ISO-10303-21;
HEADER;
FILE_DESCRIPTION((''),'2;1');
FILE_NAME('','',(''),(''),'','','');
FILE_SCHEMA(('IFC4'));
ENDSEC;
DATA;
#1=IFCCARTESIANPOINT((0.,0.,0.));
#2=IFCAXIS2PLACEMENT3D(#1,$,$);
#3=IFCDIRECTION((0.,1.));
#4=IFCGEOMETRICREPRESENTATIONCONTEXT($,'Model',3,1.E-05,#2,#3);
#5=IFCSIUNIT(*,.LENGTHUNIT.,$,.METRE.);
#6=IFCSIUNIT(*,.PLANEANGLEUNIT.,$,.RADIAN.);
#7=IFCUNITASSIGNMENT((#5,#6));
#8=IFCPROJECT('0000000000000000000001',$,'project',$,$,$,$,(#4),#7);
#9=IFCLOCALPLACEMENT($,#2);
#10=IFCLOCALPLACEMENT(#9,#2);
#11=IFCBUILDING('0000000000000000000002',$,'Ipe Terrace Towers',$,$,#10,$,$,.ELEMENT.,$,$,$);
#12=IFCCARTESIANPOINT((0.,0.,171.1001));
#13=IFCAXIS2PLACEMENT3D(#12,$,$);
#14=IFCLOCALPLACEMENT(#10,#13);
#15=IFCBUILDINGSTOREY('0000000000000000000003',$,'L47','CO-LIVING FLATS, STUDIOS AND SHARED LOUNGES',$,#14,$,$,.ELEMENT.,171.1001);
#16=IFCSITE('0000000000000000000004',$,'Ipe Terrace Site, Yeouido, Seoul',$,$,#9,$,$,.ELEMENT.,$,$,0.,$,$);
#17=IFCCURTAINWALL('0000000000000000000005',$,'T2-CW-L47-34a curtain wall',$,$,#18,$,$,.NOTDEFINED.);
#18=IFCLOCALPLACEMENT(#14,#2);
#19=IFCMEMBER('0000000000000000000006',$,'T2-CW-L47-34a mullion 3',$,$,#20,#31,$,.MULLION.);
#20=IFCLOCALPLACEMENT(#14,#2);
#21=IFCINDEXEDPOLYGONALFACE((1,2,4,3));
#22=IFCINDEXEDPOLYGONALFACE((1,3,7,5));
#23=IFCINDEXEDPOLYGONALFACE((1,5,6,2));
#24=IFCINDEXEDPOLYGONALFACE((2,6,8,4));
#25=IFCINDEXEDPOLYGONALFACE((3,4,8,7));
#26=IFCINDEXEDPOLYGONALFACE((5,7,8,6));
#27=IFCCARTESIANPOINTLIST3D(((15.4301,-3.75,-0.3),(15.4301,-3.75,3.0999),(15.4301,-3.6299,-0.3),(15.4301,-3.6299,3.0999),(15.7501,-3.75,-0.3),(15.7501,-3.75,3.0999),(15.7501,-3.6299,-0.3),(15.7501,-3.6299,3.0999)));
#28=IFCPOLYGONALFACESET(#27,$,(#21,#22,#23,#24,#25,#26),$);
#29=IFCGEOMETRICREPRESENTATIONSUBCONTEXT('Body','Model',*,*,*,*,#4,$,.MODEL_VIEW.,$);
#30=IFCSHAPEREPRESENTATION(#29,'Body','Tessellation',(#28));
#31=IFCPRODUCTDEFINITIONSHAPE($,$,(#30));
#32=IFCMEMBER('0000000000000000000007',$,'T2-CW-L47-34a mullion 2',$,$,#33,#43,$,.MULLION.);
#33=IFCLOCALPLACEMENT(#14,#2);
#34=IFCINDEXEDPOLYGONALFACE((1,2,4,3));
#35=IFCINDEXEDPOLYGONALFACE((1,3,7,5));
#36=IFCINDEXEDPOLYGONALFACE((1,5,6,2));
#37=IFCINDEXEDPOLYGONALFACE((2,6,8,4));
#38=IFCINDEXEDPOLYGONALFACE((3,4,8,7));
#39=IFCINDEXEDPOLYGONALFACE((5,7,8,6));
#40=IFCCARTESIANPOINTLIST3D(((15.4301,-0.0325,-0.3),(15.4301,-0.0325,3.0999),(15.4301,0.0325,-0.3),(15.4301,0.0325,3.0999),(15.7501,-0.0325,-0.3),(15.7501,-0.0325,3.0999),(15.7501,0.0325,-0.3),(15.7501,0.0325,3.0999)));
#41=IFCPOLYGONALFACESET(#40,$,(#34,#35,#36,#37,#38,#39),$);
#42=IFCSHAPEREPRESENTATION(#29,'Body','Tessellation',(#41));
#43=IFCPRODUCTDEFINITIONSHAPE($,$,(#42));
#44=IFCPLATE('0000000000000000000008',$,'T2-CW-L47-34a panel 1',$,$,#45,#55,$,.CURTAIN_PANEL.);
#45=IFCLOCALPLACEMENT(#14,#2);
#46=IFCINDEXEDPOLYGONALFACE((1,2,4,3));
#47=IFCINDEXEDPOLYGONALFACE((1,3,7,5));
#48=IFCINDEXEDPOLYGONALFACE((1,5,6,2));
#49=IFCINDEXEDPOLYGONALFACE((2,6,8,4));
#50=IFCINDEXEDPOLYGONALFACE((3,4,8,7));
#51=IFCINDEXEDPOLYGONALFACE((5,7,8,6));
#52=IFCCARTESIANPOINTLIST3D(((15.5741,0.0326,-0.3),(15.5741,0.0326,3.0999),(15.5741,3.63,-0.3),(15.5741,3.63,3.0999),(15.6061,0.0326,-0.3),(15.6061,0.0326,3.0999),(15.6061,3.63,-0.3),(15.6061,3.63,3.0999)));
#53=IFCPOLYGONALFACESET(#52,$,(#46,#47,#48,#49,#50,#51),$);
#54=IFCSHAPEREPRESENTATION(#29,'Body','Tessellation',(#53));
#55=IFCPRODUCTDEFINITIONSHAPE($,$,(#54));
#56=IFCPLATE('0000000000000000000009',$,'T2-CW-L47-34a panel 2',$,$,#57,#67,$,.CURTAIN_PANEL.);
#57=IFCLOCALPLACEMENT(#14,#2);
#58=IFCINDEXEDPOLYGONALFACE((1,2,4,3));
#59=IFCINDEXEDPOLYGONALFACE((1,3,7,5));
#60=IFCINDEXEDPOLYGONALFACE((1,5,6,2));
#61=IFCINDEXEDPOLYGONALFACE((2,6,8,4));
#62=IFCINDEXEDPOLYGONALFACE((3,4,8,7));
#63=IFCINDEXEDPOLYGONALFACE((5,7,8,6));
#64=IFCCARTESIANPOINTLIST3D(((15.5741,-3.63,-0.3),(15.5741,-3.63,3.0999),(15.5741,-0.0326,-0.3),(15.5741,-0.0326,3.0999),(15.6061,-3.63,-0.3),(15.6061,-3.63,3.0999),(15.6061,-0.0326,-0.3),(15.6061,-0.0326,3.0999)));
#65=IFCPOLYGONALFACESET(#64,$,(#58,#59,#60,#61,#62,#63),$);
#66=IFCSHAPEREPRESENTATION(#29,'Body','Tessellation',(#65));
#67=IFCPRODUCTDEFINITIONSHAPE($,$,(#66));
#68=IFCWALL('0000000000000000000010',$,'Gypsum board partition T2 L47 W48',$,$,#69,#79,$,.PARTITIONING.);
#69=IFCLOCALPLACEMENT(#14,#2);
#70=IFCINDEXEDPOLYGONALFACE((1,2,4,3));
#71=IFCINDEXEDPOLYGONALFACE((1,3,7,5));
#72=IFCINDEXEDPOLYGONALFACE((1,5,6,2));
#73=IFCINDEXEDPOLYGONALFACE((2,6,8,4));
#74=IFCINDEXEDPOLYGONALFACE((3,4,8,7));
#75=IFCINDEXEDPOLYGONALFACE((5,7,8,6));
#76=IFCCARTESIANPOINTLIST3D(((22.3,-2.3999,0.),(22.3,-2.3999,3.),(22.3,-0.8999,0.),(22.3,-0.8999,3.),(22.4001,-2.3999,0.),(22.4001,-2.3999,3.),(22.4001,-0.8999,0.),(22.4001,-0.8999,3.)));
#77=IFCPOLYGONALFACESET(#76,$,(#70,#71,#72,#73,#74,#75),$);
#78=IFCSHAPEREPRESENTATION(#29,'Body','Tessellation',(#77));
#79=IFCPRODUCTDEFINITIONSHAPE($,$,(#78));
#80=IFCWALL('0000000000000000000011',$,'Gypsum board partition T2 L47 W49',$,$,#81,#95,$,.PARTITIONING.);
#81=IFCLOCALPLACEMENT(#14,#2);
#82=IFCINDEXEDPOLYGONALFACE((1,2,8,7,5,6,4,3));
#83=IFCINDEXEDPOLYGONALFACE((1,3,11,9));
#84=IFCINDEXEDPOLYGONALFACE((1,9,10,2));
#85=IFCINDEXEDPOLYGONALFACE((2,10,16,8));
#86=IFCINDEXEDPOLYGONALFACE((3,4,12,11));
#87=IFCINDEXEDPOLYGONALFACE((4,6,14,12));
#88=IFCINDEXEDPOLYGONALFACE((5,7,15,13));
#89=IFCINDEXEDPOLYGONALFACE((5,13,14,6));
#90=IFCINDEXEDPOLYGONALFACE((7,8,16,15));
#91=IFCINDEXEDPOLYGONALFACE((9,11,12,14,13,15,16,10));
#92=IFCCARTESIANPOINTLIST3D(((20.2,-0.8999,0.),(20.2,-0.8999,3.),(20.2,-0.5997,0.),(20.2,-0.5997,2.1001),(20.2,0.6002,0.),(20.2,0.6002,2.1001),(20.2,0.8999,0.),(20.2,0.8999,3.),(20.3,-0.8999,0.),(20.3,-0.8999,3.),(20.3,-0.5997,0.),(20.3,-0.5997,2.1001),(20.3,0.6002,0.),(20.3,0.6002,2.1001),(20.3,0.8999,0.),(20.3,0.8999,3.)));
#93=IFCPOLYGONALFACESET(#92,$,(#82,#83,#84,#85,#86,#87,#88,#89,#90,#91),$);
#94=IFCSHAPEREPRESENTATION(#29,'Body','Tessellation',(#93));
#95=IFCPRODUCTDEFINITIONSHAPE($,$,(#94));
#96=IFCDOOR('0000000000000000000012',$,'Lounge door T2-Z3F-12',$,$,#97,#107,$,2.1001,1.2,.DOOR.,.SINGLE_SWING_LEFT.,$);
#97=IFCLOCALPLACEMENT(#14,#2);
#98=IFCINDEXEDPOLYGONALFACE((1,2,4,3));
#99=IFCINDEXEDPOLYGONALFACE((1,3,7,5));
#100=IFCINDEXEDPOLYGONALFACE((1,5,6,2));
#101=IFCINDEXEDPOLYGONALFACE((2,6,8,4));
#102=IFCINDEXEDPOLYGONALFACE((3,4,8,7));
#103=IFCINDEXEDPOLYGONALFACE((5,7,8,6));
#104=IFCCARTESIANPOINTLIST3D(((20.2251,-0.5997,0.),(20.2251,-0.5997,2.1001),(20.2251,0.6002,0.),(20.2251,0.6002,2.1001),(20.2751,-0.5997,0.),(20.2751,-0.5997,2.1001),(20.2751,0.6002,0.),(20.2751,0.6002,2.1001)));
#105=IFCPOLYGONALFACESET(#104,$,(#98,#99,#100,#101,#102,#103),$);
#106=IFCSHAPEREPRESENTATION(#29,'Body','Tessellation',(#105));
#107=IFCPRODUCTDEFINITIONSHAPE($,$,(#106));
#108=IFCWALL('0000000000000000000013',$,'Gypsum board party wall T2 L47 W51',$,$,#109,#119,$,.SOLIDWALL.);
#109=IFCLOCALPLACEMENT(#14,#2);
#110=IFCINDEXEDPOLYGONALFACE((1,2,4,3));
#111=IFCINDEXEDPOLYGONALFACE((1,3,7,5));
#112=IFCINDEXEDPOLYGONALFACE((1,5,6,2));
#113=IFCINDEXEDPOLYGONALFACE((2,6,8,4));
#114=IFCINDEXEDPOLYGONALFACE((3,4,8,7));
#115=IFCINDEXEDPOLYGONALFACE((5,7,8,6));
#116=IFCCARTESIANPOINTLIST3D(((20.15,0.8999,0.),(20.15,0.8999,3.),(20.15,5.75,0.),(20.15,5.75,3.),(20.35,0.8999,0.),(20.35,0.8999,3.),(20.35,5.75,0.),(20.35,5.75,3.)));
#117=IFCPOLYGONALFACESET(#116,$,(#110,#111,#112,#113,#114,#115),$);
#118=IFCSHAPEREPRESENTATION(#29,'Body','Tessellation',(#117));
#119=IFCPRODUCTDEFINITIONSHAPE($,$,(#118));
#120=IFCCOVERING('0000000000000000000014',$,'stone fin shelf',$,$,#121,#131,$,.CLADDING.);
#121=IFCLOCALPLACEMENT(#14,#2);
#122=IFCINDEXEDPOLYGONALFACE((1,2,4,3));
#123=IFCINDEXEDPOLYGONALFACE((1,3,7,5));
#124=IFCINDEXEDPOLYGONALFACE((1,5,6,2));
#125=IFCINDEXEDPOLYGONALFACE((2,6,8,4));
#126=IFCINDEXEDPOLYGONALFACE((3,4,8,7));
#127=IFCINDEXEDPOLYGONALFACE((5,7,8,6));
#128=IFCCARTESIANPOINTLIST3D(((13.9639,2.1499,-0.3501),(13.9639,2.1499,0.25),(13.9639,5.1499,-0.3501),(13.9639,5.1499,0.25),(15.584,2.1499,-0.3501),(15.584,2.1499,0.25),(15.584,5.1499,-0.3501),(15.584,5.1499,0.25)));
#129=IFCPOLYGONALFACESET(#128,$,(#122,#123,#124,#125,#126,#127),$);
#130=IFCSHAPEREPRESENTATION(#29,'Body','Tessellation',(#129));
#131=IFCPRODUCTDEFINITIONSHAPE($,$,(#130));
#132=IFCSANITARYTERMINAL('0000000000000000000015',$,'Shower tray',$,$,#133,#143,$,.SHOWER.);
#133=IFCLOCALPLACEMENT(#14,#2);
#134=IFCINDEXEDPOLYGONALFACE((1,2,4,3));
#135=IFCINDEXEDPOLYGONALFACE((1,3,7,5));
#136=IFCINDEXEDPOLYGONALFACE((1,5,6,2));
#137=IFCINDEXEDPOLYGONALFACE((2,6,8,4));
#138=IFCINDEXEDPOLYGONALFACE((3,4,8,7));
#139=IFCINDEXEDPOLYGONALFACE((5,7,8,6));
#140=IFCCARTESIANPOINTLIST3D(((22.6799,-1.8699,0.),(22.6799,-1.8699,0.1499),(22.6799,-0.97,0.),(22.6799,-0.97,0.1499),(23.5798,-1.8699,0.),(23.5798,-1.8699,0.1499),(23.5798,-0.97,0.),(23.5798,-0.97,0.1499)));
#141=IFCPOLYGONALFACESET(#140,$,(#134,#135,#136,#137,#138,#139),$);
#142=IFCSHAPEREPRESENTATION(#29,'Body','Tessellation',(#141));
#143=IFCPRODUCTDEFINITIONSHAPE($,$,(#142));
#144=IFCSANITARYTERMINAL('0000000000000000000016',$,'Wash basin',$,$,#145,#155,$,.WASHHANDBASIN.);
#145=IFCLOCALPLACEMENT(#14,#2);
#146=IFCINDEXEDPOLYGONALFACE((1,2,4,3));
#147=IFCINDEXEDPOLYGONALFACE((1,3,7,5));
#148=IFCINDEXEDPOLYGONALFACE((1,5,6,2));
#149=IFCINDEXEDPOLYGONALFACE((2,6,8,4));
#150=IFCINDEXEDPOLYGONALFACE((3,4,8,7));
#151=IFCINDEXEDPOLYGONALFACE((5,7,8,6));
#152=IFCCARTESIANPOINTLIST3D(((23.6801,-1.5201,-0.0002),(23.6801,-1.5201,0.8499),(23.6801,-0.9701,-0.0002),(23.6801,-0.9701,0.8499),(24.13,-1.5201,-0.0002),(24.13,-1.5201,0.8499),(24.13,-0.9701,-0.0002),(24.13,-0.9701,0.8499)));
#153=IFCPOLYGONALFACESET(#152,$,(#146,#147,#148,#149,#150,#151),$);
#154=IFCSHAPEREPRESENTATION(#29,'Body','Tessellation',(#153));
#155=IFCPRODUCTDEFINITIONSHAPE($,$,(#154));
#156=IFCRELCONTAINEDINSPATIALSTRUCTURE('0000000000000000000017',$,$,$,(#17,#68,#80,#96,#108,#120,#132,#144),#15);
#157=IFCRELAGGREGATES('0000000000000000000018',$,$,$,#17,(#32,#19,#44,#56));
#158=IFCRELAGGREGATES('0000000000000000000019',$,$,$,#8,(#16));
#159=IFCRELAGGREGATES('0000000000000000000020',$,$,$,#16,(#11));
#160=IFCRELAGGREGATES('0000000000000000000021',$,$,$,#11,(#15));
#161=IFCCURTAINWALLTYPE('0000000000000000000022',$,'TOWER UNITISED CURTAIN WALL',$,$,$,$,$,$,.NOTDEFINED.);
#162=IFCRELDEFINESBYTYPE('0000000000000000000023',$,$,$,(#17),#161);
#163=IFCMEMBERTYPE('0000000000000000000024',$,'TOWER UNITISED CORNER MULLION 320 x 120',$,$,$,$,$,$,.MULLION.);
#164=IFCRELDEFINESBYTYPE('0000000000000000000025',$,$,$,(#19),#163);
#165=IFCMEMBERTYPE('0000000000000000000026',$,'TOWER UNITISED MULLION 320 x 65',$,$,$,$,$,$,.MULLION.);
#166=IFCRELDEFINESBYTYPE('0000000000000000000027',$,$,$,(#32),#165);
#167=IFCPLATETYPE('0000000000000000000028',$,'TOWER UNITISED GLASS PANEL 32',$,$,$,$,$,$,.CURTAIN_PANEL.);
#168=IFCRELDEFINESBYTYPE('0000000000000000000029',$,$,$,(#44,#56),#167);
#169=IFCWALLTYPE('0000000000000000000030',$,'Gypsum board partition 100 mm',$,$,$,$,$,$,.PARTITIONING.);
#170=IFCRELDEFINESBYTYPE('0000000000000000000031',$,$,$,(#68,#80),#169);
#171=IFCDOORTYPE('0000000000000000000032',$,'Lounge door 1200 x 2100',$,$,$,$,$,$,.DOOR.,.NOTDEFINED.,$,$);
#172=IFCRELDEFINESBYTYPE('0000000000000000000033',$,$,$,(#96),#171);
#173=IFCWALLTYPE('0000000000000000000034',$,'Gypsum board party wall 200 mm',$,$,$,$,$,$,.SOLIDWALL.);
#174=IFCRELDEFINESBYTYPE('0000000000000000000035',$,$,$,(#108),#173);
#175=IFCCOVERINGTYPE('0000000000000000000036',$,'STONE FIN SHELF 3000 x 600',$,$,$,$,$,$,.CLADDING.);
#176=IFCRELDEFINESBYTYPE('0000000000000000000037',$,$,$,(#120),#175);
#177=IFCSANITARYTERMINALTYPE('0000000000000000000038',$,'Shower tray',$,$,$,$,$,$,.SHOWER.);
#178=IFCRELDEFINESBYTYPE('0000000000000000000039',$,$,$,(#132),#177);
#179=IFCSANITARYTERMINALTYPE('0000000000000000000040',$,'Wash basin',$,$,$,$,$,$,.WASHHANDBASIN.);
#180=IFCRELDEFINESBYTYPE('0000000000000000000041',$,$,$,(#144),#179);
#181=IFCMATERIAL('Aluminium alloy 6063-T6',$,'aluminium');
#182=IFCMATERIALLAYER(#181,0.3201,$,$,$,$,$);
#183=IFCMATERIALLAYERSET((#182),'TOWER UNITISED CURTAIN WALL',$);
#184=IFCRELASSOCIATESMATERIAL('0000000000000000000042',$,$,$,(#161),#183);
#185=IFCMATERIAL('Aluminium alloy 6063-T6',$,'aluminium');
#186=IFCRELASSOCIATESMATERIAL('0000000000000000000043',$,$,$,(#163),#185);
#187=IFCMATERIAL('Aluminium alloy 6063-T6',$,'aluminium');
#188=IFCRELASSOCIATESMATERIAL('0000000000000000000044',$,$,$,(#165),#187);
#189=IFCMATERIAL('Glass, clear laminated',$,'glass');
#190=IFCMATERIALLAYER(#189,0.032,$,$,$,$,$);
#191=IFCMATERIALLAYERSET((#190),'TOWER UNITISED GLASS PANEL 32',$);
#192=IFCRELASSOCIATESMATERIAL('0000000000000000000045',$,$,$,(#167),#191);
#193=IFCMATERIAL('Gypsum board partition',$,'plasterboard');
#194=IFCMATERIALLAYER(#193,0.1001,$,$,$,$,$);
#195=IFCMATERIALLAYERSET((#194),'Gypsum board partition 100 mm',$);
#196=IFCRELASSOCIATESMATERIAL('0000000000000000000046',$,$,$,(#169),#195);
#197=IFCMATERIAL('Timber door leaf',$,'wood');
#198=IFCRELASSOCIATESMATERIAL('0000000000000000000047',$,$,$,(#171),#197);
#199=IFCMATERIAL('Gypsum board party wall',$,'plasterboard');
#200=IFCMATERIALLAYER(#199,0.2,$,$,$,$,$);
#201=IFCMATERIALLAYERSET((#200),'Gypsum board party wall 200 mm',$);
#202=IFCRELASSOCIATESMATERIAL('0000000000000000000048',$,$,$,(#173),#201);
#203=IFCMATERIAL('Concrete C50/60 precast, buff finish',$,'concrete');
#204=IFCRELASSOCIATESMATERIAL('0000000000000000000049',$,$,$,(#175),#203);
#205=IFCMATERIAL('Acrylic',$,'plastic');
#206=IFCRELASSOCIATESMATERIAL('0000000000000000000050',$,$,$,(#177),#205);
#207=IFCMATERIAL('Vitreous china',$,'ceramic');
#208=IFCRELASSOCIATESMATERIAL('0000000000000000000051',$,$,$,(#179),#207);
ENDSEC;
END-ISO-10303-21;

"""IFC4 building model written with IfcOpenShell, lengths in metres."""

from ifc_helpers import new_model, si_unit, direction, frame, frame_2d, origin, origin_2d, place, context, subcontext, project, spatial, rectangle, extrude, material, layer, layer_set, material_profile, profile_set, type_object, element, fill, aggregate, save


model = new_model("IFC4")

# Units and contexts
model_context = context("Model", 3, precision=1e-05, world=origin(), true_north=direction((0.0, 1.0)))
body_context = subcontext(model_context, "Body", "Model", "MODEL_VIEW")
ifc_project = project(units=[si_unit("LENGTHUNIT", "METRE"), si_unit("PLANEANGLEUNIT", "RADIAN")], contexts=[model_context])

# Site, building, storey
site_placement = place(None, origin())
site = spatial("IfcSite", under=ifc_project, at=site_placement, Name="Ipe Terrace Site, Yeouido, Seoul", CompositionType="ELEMENT", RefElevation=0.0)
building_placement = place(site_placement, origin())
building = spatial("IfcBuilding", under=site, at=building_placement, Name="Ipe Terrace Towers", CompositionType="ELEMENT")
storey_placement = place(building_placement, frame((0.0, 0.0, 171.1001)))
storey = spatial("IfcBuildingStorey", under=building, at=storey_placement, Name="L47", Description="CO-LIVING FLATS, STUDIOS AND SHARED LOUNGES", CompositionType="ELEMENT", Elevation=171.1001)

# Curtain wall, members, plates
ifc_material_1 = material(Name="Aluminium alloy 6063-T6", Category="aluminium")
ifc_layer_1 = layer(ifc_material_1, 0.3201)
ifc_layer_set_1 = layer_set([ifc_layer_1], Name="TOWER UNITISED CURTAIN WALL")
curtain_wall_type = type_object("IfcCurtainWallType", Name="TOWER UNITISED CURTAIN WALL", PredefinedType="NOTDEFINED", material=ifc_layer_set_1)
curtain_wall_placement = place(storey_placement, origin())
curtain_wall = element("IfcCurtainWall", 1, at=curtain_wall_placement, inside=storey, type_object=curtain_wall_type, Name="T2-CW-L47-34a curtain wall", PredefinedType="NOTDEFINED")
ifc_material_2 = material(Name="Aluminium alloy 6063-T6", Category="aluminium")
ifc_material_profile_1 = material_profile(ifc_material_2, rectangle(XDim=0.3201, YDim=0.1201, at=origin_2d()), Name="TOWER UNITISED CORNER MULLION 320 x 120")
ifc_profile_set_1 = profile_set([ifc_material_profile_1], Name="Aluminium alloy 6063-T6")
member_type_1 = type_object("IfcMemberType", Name="TOWER UNITISED CORNER MULLION 320 x 120", PredefinedType="MULLION", material=ifc_profile_set_1)
member_1_placement = place(storey_placement, frame((15.5901, -3.6899, -0.3), z_axis=(0.0, 0.0, 1.0), x_axis=(-1.0, 0.0, 0.0)))
member_1 = element("IfcMember", 2, at=member_1_placement, type_object=member_type_1, Name="T2-CW-L47-34a mullion 3", PredefinedType="MULLION", context=body_context, shape_type="SweptSolid", body=[
    extrude(rectangle(XDim=0.3201, YDim=0.1201, at=origin_2d()), origin(), (0.0, 0.0, 1.0), 3.3999),
])
ifc_material_3 = material(Name="Aluminium alloy 6063-T6", Category="aluminium")
ifc_material_profile_2 = material_profile(ifc_material_3, rectangle(XDim=0.3201, YDim=0.0649, at=origin_2d()), Name="TOWER UNITISED MULLION 320 x 65")
ifc_profile_set_2 = profile_set([ifc_material_profile_2], Name="Aluminium alloy 6063-T6")
member_type_2 = type_object("IfcMemberType", Name="TOWER UNITISED MULLION 320 x 65", PredefinedType="MULLION", material=ifc_profile_set_2)
member_2_placement = place(storey_placement, frame((15.5901, 0.0, -0.3), z_axis=(0.0, 0.0, 1.0), x_axis=(-1.0, 0.0, 0.0)))
member_2 = element("IfcMember", 3, at=member_2_placement, type_object=member_type_2, Name="T2-CW-L47-34a mullion 2", PredefinedType="MULLION", context=body_context, shape_type="SweptSolid", body=[
    extrude(rectangle(XDim=0.3201, YDim=0.0649, at=origin_2d()), origin(), (0.0, 0.0, 1.0), 3.3999),
])
ifc_material_4 = material(Name="Glass, clear laminated", Category="glass")
ifc_layer_2 = layer(ifc_material_4, 0.032)
ifc_layer_set_2 = layer_set([ifc_layer_2], Name="TOWER UNITISED GLASS PANEL 32")
plate_type = type_object("IfcPlateType", Name="TOWER UNITISED GLASS PANEL 32", PredefinedType="CURTAIN_PANEL", material=ifc_layer_set_2)
plate_1_placement = place(storey_placement, frame((15.5901, 1.8313, -0.3), z_axis=(0.0, 0.0, 1.0), x_axis=(0.0, -1.0, 0.0)))
plate_1 = element("IfcPlate", 4, at=plate_1_placement, type_object=plate_type, Name="T2-CW-L47-34a panel 1", PredefinedType="CURTAIN_PANEL", context=body_context, shape_type="SweptSolid", body=[
    extrude(rectangle(XDim=3.5974, YDim=0.032, at=origin_2d()), origin(), (0.0, 0.0, 1.0), 3.3999),
])
plate_2_placement = place(storey_placement, frame((15.5901, -1.8313, -0.3), z_axis=(0.0, 0.0, 1.0), x_axis=(0.0, -1.0, 0.0)))
plate_2 = element("IfcPlate", 5, at=plate_2_placement, type_object=plate_type, Name="T2-CW-L47-34a panel 2", PredefinedType="CURTAIN_PANEL", context=body_context, shape_type="SweptSolid", body=[
    extrude(rectangle(XDim=3.5974, YDim=0.032, at=origin_2d()), origin(), (0.0, 0.0, 1.0), 3.3999),
])
aggregate(curtain_wall, [member_2, member_1, plate_1, plate_2])

# Wall
ifc_material_5 = material(Name="Gypsum board partition", Category="plasterboard")
ifc_layer_3 = layer(ifc_material_5, 0.1001)
ifc_layer_set_3 = layer_set([ifc_layer_3], Name="Gypsum board partition 100 mm")
wall_type_1 = type_object("IfcWallType", Name="Gypsum board partition 100 mm", PredefinedType="PARTITIONING", material=ifc_layer_set_3)
wall_1_placement = place(storey_placement, frame((22.3501, -2.3999, 0.0), z_axis=(0.0, 0.0, 1.0), x_axis=(0.0, 1.0, 0.0)))
element("IfcWall", 6, at=wall_1_placement, inside=storey, type_object=wall_type_1, Name="Gypsum board partition T2 L47 W48", PredefinedType="PARTITIONING", context=body_context, shape_type="SweptSolid", body=[
    extrude(rectangle(XDim=1.5, YDim=0.1001, at=frame_2d((0.75, 0.0))), origin(), (0.0, 0.0, 1.0), 3.0),
])

# Wall, opening, door
wall_2_placement = place(storey_placement, frame((20.25, -0.8999, 0.0), z_axis=(0.0, 0.0, 1.0), x_axis=(0.0, 1.0, 0.0)))
wall_2 = element("IfcWall", 7, at=wall_2_placement, inside=storey, type_object=wall_type_1, Name="Gypsum board partition T2 L47 W49", PredefinedType="PARTITIONING", context=body_context, shape_type="SweptSolid", body=[
    extrude(rectangle(XDim=1.7998, YDim=0.1001, at=frame_2d((0.8999, 0.0))), origin(), (0.0, 0.0, 1.0), 3.0),
])
opening_placement = place(wall_2_placement, frame((0.3, 0.0, 0.0)))
opening = element("IfcOpeningElement", 8, at=opening_placement, cuts=wall_2, PredefinedType="OPENING", context=body_context, shape_type="SweptSolid", body=[
    extrude(rectangle(XDim=1.2, YDim=2.1001, at=frame_2d((0.6001, 1.05))), frame((0.0, 0.0601, 0.0), z_axis=(0.0, -1.0, 0.0), x_axis=(1.0, 0.0, 0.0)), (0.0, 0.0, 1.0), 0.1201),
])
ifc_material_6 = material(Name="Timber door leaf", Category="wood")
door_type = type_object("IfcDoorType", Name="Lounge door 1200 x 2100", OperationType="NOTDEFINED", PredefinedType="DOOR", material=ifc_material_6)
door_placement = place(opening_placement, origin())
door = element("IfcDoor", 9, at=door_placement, inside=storey, type_object=door_type, Name="Lounge door T2-Z3F-12", OperationType="SINGLE_SWING_LEFT", OverallHeight=2.1001, OverallWidth=1.2, PredefinedType="DOOR", context=body_context, shape_type="SweptSolid", body=[
    extrude(rectangle(XDim=1.2, YDim=2.1001, at=frame_2d((0.6001, 1.05))), frame((0.0, 0.0249, 0.0), z_axis=(0.0, -1.0, 0.0), x_axis=(1.0, 0.0, 0.0)), (0.0, 0.0, 1.0), 0.05),
])
fill(opening, door)

# Wall
ifc_material_7 = material(Name="Gypsum board party wall", Category="plasterboard")
ifc_layer_4 = layer(ifc_material_7, 0.2)
ifc_layer_set_4 = layer_set([ifc_layer_4], Name="Gypsum board party wall 200 mm")
wall_type_2 = type_object("IfcWallType", Name="Gypsum board party wall 200 mm", PredefinedType="SOLIDWALL", material=ifc_layer_set_4)
wall_3_placement = place(storey_placement, frame((20.25, 0.8999, 0.0), z_axis=(0.0, 0.0, 1.0), x_axis=(0.0, 1.0, 0.0)))
element("IfcWall", 10, at=wall_3_placement, inside=storey, type_object=wall_type_2, Name="Gypsum board party wall T2 L47 W51", PredefinedType="SOLIDWALL", context=body_context, shape_type="SweptSolid", body=[
    extrude(rectangle(XDim=4.8501, YDim=0.2, at=frame_2d((2.425, 0.0))), origin(), (0.0, 0.0, 1.0), 3.0),
])

# Covering
ifc_material_8 = material(Name="Concrete C50/60 precast, buff finish", Category="concrete")
covering_type = type_object("IfcCoveringType", Name="STONE FIN SHELF 3000 x 600", PredefinedType="CLADDING", material=ifc_material_8)
covering_placement = place(storey_placement, frame((14.7739, 3.6499, -0.3501), z_axis=(0.0, 0.0, 1.0), x_axis=(0.0, -1.0, 0.0)))
element("IfcCovering", 11, at=covering_placement, inside=storey, type_object=covering_type, Name="stone fin shelf", PredefinedType="CLADDING", context=body_context, shape_type="SweptSolid", body=[
    extrude(rectangle(XDim=3.0, YDim=1.6201, at=origin_2d()), origin(), (0.0, 0.0, 1.0), 0.6001),
])

# Sanitary terminals
ifc_material_9 = material(Name="Acrylic", Category="plastic")
sanitary_terminal_type_1 = type_object("IfcSanitaryTerminalType", Name="Shower tray", PredefinedType="SHOWER", material=ifc_material_9)
sanitary_terminal_1_placement = place(storey_placement, frame((23.1299, -1.4199, 0.0), z_axis=(0.0, 0.0, 1.0), x_axis=(0.0, -1.0, 0.0)))
element("IfcSanitaryTerminal", 12, at=sanitary_terminal_1_placement, inside=storey, type_object=sanitary_terminal_type_1, Name="Shower tray", PredefinedType="SHOWER", context=body_context, shape_type="SweptSolid", body=[
    extrude(rectangle(XDim=0.8999, YDim=0.8999, at=origin_2d()), origin(), (0.0, 0.0, 1.0), 0.1499),
])
ifc_material_10 = material(Name="Vitreous china", Category="ceramic")
sanitary_terminal_type_2 = type_object("IfcSanitaryTerminalType", Name="Wash basin", PredefinedType="WASHHANDBASIN", material=ifc_material_10)
sanitary_terminal_2_placement = place(storey_placement, frame((23.905, -1.2451, -0.0002), z_axis=(0.0, 0.0, 1.0), x_axis=(0.0, -1.0, 0.0)))
element("IfcSanitaryTerminal", 13, at=sanitary_terminal_2_placement, inside=storey, type_object=sanitary_terminal_type_2, Name="Wash basin", PredefinedType="WASHHANDBASIN", context=body_context, shape_type="SweptSolid", body=[
    extrude(rectangle(XDim=0.55, YDim=0.45, at=origin_2d()), origin(), (0.0, 0.0, 1.0), 0.8501),
])

save(model, "model.ifc")
